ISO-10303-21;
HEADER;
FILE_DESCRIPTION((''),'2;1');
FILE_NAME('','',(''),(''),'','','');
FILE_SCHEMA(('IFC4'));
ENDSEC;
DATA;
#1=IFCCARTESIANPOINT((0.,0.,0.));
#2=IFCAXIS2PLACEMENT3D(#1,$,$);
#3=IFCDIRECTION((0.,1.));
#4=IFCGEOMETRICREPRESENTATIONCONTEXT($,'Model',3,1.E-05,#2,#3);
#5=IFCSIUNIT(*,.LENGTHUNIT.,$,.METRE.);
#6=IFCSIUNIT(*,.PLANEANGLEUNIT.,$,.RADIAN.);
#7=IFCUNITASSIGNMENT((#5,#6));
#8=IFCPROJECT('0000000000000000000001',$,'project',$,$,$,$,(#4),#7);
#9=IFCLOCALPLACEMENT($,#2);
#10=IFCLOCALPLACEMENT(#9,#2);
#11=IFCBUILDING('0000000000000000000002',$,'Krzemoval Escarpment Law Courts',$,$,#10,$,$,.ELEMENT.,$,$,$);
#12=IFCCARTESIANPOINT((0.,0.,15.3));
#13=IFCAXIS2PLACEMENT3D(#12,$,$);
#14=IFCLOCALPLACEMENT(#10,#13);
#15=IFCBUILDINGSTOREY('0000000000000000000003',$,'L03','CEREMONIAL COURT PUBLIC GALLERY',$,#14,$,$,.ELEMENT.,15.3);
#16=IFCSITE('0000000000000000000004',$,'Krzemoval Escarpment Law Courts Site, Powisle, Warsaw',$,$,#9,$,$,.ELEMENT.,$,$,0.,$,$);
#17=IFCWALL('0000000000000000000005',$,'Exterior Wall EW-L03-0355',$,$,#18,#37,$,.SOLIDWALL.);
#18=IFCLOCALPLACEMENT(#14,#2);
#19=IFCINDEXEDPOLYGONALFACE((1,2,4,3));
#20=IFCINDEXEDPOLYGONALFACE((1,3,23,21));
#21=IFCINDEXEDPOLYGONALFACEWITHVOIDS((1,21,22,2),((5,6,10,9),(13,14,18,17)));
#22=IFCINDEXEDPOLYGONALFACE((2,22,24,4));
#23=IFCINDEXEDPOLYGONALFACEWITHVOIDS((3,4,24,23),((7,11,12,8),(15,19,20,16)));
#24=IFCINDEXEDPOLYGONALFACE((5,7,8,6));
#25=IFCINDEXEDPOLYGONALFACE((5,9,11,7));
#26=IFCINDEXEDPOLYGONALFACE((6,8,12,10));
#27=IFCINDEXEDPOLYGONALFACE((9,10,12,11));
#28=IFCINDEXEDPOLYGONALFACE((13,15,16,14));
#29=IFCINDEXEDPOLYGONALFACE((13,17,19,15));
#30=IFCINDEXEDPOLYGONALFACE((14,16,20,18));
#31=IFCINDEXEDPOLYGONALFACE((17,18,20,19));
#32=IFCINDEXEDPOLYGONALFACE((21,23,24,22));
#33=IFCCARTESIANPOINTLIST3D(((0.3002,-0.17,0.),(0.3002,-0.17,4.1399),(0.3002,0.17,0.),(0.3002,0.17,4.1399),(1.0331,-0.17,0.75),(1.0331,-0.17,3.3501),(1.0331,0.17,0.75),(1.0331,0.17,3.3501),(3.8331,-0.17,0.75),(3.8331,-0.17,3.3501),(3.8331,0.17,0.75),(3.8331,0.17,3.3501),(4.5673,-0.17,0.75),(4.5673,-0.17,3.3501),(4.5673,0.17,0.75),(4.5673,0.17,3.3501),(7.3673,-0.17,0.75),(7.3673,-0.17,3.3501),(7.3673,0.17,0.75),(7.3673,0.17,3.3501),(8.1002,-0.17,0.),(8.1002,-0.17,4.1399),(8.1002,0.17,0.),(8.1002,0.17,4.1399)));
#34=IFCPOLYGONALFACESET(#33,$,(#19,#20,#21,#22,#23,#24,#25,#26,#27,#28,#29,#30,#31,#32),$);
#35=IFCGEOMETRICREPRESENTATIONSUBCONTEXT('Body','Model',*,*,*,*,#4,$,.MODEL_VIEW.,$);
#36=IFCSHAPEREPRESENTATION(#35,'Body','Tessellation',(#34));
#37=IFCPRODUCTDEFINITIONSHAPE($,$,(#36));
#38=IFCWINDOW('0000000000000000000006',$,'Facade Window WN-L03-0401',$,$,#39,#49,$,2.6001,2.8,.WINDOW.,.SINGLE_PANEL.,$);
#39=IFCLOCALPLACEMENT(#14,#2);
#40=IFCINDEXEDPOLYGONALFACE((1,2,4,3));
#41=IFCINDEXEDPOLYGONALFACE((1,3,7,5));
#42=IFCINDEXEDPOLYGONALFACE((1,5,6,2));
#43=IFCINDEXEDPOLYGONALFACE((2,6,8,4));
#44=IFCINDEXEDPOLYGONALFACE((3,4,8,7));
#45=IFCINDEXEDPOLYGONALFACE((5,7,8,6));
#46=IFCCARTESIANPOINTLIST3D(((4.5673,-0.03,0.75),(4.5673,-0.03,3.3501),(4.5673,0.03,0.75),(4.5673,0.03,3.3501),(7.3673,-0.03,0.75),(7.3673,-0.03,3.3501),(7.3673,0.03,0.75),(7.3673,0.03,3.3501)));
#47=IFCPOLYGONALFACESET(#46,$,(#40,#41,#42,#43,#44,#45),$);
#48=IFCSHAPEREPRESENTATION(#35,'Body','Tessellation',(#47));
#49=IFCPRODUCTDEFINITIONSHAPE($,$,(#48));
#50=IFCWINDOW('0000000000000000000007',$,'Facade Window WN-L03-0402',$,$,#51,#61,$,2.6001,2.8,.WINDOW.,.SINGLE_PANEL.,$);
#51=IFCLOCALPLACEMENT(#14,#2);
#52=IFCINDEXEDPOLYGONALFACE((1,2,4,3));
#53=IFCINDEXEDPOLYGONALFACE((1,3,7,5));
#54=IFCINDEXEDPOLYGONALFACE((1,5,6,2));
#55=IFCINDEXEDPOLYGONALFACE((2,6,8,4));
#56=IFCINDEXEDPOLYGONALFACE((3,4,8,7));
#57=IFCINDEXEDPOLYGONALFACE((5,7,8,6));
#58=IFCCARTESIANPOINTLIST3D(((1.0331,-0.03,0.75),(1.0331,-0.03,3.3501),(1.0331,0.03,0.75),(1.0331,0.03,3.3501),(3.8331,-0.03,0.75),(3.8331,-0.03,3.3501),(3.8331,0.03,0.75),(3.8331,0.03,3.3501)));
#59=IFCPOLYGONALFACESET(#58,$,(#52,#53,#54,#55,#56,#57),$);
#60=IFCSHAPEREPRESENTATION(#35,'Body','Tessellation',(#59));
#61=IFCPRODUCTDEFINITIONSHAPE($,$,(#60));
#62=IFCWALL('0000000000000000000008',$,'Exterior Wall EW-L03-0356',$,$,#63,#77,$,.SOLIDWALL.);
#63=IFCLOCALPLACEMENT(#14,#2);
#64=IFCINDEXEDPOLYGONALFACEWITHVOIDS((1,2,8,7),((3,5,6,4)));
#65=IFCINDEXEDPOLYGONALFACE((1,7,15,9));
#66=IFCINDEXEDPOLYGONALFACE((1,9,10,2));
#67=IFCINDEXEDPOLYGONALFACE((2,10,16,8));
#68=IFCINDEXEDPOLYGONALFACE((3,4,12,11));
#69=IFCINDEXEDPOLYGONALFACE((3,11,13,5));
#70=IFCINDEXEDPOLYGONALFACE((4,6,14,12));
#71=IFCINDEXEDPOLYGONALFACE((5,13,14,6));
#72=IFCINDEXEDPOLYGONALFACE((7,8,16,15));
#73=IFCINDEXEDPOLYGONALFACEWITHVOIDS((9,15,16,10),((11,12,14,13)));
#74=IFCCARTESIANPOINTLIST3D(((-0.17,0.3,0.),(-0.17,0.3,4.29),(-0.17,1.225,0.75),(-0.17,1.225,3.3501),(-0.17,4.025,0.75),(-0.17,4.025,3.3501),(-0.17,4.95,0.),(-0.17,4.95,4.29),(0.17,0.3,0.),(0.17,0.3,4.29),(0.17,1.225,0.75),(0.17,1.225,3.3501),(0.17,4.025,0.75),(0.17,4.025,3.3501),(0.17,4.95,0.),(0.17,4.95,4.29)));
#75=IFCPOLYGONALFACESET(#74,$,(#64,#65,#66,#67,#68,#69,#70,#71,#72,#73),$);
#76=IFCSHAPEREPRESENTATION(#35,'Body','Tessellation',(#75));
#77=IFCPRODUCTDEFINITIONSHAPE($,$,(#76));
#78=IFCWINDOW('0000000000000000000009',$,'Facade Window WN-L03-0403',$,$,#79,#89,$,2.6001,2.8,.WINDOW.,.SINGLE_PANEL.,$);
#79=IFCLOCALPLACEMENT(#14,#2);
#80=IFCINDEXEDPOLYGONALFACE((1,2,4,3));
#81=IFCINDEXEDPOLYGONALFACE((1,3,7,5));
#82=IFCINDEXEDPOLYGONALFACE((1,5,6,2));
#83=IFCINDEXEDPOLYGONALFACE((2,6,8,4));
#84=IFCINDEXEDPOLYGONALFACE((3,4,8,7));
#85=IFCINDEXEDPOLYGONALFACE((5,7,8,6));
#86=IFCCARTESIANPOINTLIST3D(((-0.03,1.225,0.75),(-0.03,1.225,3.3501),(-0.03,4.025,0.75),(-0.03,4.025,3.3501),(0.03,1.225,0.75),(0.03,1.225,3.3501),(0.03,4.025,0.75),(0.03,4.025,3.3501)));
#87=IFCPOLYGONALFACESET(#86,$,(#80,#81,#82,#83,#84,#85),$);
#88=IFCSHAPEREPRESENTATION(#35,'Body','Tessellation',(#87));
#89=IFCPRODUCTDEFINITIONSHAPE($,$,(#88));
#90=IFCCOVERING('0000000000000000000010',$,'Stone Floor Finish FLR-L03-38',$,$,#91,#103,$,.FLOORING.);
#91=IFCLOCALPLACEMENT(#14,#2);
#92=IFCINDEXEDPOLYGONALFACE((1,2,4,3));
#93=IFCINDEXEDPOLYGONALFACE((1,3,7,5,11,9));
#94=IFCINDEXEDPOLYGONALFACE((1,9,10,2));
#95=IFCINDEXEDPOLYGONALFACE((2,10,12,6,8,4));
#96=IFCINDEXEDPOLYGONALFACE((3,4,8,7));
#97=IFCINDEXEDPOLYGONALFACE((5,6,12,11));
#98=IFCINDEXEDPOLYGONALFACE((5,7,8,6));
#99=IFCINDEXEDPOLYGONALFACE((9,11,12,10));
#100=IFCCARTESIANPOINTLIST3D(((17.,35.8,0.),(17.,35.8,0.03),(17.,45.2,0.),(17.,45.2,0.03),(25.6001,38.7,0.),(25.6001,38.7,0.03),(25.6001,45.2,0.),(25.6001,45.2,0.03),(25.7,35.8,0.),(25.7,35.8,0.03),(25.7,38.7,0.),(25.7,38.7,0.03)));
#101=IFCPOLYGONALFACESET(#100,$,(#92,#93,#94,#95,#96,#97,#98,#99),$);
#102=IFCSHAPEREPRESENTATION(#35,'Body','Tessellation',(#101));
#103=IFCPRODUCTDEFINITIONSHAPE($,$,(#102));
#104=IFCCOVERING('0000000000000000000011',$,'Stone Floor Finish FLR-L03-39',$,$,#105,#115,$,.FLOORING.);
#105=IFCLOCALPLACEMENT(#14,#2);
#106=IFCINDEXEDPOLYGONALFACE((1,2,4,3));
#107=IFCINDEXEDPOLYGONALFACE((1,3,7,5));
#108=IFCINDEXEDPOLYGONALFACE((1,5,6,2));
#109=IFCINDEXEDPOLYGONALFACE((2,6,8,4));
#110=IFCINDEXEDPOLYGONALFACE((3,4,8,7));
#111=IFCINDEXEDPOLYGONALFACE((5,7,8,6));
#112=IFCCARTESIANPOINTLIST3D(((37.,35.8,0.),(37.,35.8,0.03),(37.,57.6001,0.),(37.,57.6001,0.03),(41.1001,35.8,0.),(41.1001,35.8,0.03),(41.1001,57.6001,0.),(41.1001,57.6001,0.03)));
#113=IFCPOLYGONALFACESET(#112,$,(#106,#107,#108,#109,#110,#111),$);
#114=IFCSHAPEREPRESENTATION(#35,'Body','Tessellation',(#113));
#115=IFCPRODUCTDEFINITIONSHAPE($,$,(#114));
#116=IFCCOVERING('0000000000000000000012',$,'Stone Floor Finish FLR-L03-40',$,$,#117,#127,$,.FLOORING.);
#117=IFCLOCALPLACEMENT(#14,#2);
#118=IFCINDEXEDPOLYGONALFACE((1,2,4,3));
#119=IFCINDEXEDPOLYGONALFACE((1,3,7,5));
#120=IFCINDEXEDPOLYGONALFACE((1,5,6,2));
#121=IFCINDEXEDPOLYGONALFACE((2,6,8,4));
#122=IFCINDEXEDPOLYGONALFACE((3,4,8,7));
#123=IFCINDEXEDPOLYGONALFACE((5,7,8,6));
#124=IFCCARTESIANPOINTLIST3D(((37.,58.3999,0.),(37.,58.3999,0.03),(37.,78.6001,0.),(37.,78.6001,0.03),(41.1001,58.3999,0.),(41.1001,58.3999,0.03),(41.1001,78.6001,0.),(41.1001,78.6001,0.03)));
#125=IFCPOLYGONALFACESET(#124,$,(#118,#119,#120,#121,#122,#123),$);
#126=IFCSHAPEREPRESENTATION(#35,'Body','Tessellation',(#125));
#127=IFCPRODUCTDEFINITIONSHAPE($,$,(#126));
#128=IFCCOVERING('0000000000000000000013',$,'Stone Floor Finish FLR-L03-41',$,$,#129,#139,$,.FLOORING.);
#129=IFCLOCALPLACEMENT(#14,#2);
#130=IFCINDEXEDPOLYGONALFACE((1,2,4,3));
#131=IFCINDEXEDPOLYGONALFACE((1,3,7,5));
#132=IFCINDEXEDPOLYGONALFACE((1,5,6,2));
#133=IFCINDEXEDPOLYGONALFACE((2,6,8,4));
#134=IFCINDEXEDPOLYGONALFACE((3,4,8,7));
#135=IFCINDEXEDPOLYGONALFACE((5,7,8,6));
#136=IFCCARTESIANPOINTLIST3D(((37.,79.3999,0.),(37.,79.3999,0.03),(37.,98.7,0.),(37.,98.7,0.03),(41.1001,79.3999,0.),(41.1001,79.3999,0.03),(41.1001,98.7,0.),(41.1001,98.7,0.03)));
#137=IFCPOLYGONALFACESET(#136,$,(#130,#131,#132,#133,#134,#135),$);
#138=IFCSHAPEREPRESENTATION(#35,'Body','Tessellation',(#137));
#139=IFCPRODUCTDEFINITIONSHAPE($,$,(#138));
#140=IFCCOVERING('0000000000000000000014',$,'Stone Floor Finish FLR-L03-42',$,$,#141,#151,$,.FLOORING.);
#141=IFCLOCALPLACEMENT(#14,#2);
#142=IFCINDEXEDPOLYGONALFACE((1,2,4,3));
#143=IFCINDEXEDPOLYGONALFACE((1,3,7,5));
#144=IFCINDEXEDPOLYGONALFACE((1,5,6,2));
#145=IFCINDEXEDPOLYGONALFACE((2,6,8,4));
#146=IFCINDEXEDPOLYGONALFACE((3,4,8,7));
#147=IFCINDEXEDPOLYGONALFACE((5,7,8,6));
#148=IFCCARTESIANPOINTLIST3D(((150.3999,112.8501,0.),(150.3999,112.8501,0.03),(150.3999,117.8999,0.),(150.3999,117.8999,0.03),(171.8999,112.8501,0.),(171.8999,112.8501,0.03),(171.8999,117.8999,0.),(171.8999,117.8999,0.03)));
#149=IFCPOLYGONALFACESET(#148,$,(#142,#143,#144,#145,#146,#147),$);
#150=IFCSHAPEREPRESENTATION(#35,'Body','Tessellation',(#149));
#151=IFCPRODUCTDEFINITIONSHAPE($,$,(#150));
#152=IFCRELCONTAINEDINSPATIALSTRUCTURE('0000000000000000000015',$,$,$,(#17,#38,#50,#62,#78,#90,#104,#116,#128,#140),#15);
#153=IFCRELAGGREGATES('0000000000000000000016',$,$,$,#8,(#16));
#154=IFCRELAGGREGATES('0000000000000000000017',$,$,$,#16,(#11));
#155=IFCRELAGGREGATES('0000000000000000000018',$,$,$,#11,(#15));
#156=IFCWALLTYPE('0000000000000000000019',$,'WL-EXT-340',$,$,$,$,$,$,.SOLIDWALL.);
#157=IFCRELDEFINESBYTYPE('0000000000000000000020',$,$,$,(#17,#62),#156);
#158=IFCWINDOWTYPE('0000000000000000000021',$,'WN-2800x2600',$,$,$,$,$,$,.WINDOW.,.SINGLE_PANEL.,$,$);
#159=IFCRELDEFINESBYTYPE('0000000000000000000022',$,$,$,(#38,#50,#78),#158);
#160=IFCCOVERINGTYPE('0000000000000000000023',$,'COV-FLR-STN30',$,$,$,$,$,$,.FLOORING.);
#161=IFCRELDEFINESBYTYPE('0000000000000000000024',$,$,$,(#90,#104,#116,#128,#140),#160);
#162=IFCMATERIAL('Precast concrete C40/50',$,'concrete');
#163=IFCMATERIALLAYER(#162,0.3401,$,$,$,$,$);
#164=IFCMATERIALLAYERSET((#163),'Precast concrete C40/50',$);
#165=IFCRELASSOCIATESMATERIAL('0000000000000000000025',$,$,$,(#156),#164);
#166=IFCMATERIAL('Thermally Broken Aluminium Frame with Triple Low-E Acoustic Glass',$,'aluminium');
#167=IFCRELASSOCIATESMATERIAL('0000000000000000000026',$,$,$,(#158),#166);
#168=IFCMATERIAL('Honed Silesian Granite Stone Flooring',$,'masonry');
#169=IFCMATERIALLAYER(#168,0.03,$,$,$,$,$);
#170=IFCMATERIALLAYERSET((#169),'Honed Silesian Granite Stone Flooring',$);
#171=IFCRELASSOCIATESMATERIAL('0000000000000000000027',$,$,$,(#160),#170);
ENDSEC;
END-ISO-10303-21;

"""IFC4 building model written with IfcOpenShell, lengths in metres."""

from ifc_helpers import new_model, si_unit, direction, frame, frame_2d, origin, place, context, subcontext, project, spatial, polyline, rectangle, outline, extrude, material, layer, layer_set, type_object, element, fill, save


model = new_model("IFC4")

# Units and contexts
model_context = context("Model", 3, precision=1e-05, world=origin(), true_north=direction((0.0, 1.0)))
body_context = subcontext(model_context, "Body", "Model", "MODEL_VIEW")
ifc_project = project(units=[si_unit("LENGTHUNIT", "METRE"), si_unit("PLANEANGLEUNIT", "RADIAN")], contexts=[model_context])

# Site, building, storey
site_placement = place(None, origin())
site = spatial("IfcSite", under=ifc_project, at=site_placement, Name="Krzemoval Escarpment Law Courts Site, Powisle, Warsaw", CompositionType="ELEMENT", RefElevation=0.0)
building_placement = place(site_placement, origin())
building = spatial("IfcBuilding", under=site, at=building_placement, Name="Krzemoval Escarpment Law Courts", CompositionType="ELEMENT")
storey_placement = place(building_placement, frame((0.0, 0.0, 15.3)))
storey = spatial("IfcBuildingStorey", under=building, at=storey_placement, Name="L03", Description="CEREMONIAL COURT PUBLIC GALLERY", CompositionType="ELEMENT", Elevation=15.3)

# Wall, openings, windows
ifc_material_1 = material(Name="Precast concrete C40/50", Category="concrete")
ifc_layer_1 = layer(ifc_material_1, 0.3401)
ifc_layer_set_1 = layer_set([ifc_layer_1], Name="Precast concrete C40/50")
wall_type = type_object("IfcWallType", Name="WL-EXT-340", PredefinedType="SOLIDWALL", material=ifc_layer_set_1)
ifc_material_2 = material(Name="Thermally Broken Aluminium Frame with Triple Low-E Acoustic Glass", Category="aluminium")
window_type = type_object("IfcWindowType", Name="WN-2800x2600", PartitioningType="SINGLE_PANEL", PredefinedType="WINDOW", material=ifc_material_2)
wall_1_placement = place(storey_placement, frame((8.1001, 0.0, 0.0), z_axis=(0.0, 0.0, 1.0), x_axis=(-1.0, 0.0, 0.0)))
wall_1 = element("IfcWall", 1, at=wall_1_placement, inside=storey, type_object=wall_type, Name="Exterior Wall EW-L03-0355", PredefinedType="SOLIDWALL", context=body_context, shape_type="SweptSolid", body=[
    extrude(rectangle(XDim=7.8, YDim=0.3401, at=frame_2d((3.8999, 0.0))), origin(), (0.0, 0.0, 1.0), 4.1399),
])
opening_1_placement = place(wall_1_placement, frame((0.7329, 0.0, 0.75)))
opening_1 = element("IfcOpeningElement", 2, at=opening_1_placement, cuts=wall_1, PredefinedType="OPENING", context=body_context, shape_type="SweptSolid", body=[
    extrude(rectangle(XDim=2.8, YDim=2.6001, at=frame_2d((1.3999, 1.3))), frame((0.0, 0.185, 0.0), z_axis=(0.0, -1.0, 0.0), x_axis=(1.0, 0.0, 0.0)), (0.0, 0.0, 1.0), 0.3701),
])
opening_2_placement = place(wall_1_placement, frame((4.2671, 0.0, 0.75)))
opening_2 = element("IfcOpeningElement", 3, at=opening_2_placement, cuts=wall_1, PredefinedType="OPENING", context=body_context, shape_type="SweptSolid", body=[
    extrude(rectangle(XDim=2.8, YDim=2.6001, at=frame_2d((1.3999, 1.3))), frame((0.0, 0.185, 0.0), z_axis=(0.0, -1.0, 0.0), x_axis=(1.0, 0.0, 0.0)), (0.0, 0.0, 1.0), 0.3701),
])
window_1_placement = place(opening_1_placement, origin())
window_1 = element("IfcWindow", 4, at=window_1_placement, inside=storey, type_object=window_type, Name="Facade Window WN-L03-0401", OverallHeight=2.6001, OverallWidth=2.8, PartitioningType="SINGLE_PANEL", PredefinedType="WINDOW", context=body_context, shape_type="SweptSolid", body=[
    extrude(rectangle(XDim=2.8, YDim=2.6001, at=frame_2d((1.3999, 1.3))), frame((0.0, 0.03, 0.0), z_axis=(0.0, -1.0, 0.0), x_axis=(1.0, 0.0, 0.0)), (0.0, 0.0, 1.0), 0.0601),
])
fill(opening_1, window_1)
window_2_placement = place(opening_2_placement, origin())
window_2 = element("IfcWindow", 5, at=window_2_placement, inside=storey, type_object=window_type, Name="Facade Window WN-L03-0402", OverallHeight=2.6001, OverallWidth=2.8, PartitioningType="SINGLE_PANEL", PredefinedType="WINDOW", context=body_context, shape_type="SweptSolid", body=[
    extrude(rectangle(XDim=2.8, YDim=2.6001, at=frame_2d((1.3999, 1.3))), frame((0.0, 0.03, 0.0), z_axis=(0.0, -1.0, 0.0), x_axis=(1.0, 0.0, 0.0)), (0.0, 0.0, 1.0), 0.0601),
])
fill(opening_2, window_2)

# Wall, opening, window
wall_2_placement = place(storey_placement, frame((0.0, 0.3, 0.0), z_axis=(0.0, 0.0, 1.0), x_axis=(0.0, 1.0, 0.0)))
wall_2 = element("IfcWall", 6, at=wall_2_placement, inside=storey, type_object=wall_type, Name="Exterior Wall EW-L03-0356", PredefinedType="SOLIDWALL", context=body_context, shape_type="SweptSolid", body=[
    extrude(rectangle(XDim=4.6499, YDim=0.3401, at=frame_2d((2.325, 0.0))), origin(), (0.0, 0.0, 1.0), 4.29),
])
opening_3_placement = place(wall_2_placement, frame((0.925, 0.0, 0.75)))
opening_3 = element("IfcOpeningElement", 7, at=opening_3_placement, cuts=wall_2, PredefinedType="OPENING", context=body_context, shape_type="SweptSolid", body=[
    extrude(rectangle(XDim=2.8, YDim=2.6001, at=frame_2d((1.3999, 1.3))), frame((0.0, 0.185, 0.0), z_axis=(0.0, -1.0, 0.0), x_axis=(1.0, 0.0, 0.0)), (0.0, 0.0, 1.0), 0.3701),
])
window_3_placement = place(opening_3_placement, origin())
window_3 = element("IfcWindow", 8, at=window_3_placement, inside=storey, type_object=window_type, Name="Facade Window WN-L03-0403", OverallHeight=2.6001, OverallWidth=2.8, PartitioningType="SINGLE_PANEL", PredefinedType="WINDOW", context=body_context, shape_type="SweptSolid", body=[
    extrude(rectangle(XDim=2.8, YDim=2.6001, at=frame_2d((1.3999, 1.3))), frame((0.0, 0.03, 0.0), z_axis=(0.0, -1.0, 0.0), x_axis=(1.0, 0.0, 0.0)), (0.0, 0.0, 1.0), 0.0601),
])
fill(opening_3, window_3)

# Coverings
ifc_material_3 = material(Name="Honed Silesian Granite Stone Flooring", Category="masonry")
ifc_layer_2 = layer(ifc_material_3, 0.03)
ifc_layer_set_2 = layer_set([ifc_layer_2], Name="Honed Silesian Granite Stone Flooring")
covering_type = type_object("IfcCoveringType", Name="COV-FLR-STN30", PredefinedType="FLOORING", material=ifc_layer_set_2)
covering_1_placement = place(storey_placement, origin())
element("IfcCovering", 9, at=covering_1_placement, inside=storey, type_object=covering_type, Name="Stone Floor Finish FLR-L03-38", PredefinedType="FLOORING", context=body_context, shape_type="SweptSolid", body=[
    extrude(outline(polyline([(25.7, 35.8), (17.0, 35.8), (17.0, 45.2), (25.6001, 45.2), (25.6001, 38.7), (25.7, 38.7), (25.7, 35.8)])), origin(), (0.0, 0.0, 1.0), 0.03),
])
covering_2_placement = place(storey_placement, origin())
element("IfcCovering", 10, at=covering_2_placement, inside=storey, type_object=covering_type, Name="Stone Floor Finish FLR-L03-39", PredefinedType="FLOORING", context=body_context, shape_type="SweptSolid", body=[
    extrude(outline(polyline([(37.0, 35.8), (37.0, 57.6001), (41.1001, 57.6001), (41.1001, 35.8), (37.0, 35.8)])), origin(), (0.0, 0.0, 1.0), 0.03),
])
covering_3_placement = place(storey_placement, origin())
element("IfcCovering", 11, at=covering_3_placement, inside=storey, type_object=covering_type, Name="Stone Floor Finish FLR-L03-40", PredefinedType="FLOORING", context=body_context, shape_type="SweptSolid", body=[
    extrude(outline(polyline([(37.0, 58.3999), (37.0, 78.6001), (41.1001, 78.6001), (41.1001, 58.3999), (37.0, 58.3999)])), origin(), (0.0, 0.0, 1.0), 0.03),
])
covering_4_placement = place(storey_placement, origin())
element("IfcCovering", 12, at=covering_4_placement, inside=storey, type_object=covering_type, Name="Stone Floor Finish FLR-L03-41", PredefinedType="FLOORING", context=body_context, shape_type="SweptSolid", body=[
    extrude(outline(polyline([(37.0, 79.3999), (37.0, 98.7), (41.1001, 98.7), (41.1001, 79.3999), (37.0, 79.3999)])), origin(), (0.0, 0.0, 1.0), 0.03),
])
covering_5_placement = place(storey_placement, origin())
element("IfcCovering", 13, at=covering_5_placement, inside=storey, type_object=covering_type, Name="Stone Floor Finish FLR-L03-42", PredefinedType="FLOORING", context=body_context, shape_type="SweptSolid", body=[
    extrude(outline(polyline([(150.3999, 112.8501), (150.3999, 117.8999), (171.8999, 117.8999), (171.8999, 112.8501), (150.3999, 112.8501)])), origin(), (0.0, 0.0, 1.0), 0.03),
])

save(model, "model.ifc")
